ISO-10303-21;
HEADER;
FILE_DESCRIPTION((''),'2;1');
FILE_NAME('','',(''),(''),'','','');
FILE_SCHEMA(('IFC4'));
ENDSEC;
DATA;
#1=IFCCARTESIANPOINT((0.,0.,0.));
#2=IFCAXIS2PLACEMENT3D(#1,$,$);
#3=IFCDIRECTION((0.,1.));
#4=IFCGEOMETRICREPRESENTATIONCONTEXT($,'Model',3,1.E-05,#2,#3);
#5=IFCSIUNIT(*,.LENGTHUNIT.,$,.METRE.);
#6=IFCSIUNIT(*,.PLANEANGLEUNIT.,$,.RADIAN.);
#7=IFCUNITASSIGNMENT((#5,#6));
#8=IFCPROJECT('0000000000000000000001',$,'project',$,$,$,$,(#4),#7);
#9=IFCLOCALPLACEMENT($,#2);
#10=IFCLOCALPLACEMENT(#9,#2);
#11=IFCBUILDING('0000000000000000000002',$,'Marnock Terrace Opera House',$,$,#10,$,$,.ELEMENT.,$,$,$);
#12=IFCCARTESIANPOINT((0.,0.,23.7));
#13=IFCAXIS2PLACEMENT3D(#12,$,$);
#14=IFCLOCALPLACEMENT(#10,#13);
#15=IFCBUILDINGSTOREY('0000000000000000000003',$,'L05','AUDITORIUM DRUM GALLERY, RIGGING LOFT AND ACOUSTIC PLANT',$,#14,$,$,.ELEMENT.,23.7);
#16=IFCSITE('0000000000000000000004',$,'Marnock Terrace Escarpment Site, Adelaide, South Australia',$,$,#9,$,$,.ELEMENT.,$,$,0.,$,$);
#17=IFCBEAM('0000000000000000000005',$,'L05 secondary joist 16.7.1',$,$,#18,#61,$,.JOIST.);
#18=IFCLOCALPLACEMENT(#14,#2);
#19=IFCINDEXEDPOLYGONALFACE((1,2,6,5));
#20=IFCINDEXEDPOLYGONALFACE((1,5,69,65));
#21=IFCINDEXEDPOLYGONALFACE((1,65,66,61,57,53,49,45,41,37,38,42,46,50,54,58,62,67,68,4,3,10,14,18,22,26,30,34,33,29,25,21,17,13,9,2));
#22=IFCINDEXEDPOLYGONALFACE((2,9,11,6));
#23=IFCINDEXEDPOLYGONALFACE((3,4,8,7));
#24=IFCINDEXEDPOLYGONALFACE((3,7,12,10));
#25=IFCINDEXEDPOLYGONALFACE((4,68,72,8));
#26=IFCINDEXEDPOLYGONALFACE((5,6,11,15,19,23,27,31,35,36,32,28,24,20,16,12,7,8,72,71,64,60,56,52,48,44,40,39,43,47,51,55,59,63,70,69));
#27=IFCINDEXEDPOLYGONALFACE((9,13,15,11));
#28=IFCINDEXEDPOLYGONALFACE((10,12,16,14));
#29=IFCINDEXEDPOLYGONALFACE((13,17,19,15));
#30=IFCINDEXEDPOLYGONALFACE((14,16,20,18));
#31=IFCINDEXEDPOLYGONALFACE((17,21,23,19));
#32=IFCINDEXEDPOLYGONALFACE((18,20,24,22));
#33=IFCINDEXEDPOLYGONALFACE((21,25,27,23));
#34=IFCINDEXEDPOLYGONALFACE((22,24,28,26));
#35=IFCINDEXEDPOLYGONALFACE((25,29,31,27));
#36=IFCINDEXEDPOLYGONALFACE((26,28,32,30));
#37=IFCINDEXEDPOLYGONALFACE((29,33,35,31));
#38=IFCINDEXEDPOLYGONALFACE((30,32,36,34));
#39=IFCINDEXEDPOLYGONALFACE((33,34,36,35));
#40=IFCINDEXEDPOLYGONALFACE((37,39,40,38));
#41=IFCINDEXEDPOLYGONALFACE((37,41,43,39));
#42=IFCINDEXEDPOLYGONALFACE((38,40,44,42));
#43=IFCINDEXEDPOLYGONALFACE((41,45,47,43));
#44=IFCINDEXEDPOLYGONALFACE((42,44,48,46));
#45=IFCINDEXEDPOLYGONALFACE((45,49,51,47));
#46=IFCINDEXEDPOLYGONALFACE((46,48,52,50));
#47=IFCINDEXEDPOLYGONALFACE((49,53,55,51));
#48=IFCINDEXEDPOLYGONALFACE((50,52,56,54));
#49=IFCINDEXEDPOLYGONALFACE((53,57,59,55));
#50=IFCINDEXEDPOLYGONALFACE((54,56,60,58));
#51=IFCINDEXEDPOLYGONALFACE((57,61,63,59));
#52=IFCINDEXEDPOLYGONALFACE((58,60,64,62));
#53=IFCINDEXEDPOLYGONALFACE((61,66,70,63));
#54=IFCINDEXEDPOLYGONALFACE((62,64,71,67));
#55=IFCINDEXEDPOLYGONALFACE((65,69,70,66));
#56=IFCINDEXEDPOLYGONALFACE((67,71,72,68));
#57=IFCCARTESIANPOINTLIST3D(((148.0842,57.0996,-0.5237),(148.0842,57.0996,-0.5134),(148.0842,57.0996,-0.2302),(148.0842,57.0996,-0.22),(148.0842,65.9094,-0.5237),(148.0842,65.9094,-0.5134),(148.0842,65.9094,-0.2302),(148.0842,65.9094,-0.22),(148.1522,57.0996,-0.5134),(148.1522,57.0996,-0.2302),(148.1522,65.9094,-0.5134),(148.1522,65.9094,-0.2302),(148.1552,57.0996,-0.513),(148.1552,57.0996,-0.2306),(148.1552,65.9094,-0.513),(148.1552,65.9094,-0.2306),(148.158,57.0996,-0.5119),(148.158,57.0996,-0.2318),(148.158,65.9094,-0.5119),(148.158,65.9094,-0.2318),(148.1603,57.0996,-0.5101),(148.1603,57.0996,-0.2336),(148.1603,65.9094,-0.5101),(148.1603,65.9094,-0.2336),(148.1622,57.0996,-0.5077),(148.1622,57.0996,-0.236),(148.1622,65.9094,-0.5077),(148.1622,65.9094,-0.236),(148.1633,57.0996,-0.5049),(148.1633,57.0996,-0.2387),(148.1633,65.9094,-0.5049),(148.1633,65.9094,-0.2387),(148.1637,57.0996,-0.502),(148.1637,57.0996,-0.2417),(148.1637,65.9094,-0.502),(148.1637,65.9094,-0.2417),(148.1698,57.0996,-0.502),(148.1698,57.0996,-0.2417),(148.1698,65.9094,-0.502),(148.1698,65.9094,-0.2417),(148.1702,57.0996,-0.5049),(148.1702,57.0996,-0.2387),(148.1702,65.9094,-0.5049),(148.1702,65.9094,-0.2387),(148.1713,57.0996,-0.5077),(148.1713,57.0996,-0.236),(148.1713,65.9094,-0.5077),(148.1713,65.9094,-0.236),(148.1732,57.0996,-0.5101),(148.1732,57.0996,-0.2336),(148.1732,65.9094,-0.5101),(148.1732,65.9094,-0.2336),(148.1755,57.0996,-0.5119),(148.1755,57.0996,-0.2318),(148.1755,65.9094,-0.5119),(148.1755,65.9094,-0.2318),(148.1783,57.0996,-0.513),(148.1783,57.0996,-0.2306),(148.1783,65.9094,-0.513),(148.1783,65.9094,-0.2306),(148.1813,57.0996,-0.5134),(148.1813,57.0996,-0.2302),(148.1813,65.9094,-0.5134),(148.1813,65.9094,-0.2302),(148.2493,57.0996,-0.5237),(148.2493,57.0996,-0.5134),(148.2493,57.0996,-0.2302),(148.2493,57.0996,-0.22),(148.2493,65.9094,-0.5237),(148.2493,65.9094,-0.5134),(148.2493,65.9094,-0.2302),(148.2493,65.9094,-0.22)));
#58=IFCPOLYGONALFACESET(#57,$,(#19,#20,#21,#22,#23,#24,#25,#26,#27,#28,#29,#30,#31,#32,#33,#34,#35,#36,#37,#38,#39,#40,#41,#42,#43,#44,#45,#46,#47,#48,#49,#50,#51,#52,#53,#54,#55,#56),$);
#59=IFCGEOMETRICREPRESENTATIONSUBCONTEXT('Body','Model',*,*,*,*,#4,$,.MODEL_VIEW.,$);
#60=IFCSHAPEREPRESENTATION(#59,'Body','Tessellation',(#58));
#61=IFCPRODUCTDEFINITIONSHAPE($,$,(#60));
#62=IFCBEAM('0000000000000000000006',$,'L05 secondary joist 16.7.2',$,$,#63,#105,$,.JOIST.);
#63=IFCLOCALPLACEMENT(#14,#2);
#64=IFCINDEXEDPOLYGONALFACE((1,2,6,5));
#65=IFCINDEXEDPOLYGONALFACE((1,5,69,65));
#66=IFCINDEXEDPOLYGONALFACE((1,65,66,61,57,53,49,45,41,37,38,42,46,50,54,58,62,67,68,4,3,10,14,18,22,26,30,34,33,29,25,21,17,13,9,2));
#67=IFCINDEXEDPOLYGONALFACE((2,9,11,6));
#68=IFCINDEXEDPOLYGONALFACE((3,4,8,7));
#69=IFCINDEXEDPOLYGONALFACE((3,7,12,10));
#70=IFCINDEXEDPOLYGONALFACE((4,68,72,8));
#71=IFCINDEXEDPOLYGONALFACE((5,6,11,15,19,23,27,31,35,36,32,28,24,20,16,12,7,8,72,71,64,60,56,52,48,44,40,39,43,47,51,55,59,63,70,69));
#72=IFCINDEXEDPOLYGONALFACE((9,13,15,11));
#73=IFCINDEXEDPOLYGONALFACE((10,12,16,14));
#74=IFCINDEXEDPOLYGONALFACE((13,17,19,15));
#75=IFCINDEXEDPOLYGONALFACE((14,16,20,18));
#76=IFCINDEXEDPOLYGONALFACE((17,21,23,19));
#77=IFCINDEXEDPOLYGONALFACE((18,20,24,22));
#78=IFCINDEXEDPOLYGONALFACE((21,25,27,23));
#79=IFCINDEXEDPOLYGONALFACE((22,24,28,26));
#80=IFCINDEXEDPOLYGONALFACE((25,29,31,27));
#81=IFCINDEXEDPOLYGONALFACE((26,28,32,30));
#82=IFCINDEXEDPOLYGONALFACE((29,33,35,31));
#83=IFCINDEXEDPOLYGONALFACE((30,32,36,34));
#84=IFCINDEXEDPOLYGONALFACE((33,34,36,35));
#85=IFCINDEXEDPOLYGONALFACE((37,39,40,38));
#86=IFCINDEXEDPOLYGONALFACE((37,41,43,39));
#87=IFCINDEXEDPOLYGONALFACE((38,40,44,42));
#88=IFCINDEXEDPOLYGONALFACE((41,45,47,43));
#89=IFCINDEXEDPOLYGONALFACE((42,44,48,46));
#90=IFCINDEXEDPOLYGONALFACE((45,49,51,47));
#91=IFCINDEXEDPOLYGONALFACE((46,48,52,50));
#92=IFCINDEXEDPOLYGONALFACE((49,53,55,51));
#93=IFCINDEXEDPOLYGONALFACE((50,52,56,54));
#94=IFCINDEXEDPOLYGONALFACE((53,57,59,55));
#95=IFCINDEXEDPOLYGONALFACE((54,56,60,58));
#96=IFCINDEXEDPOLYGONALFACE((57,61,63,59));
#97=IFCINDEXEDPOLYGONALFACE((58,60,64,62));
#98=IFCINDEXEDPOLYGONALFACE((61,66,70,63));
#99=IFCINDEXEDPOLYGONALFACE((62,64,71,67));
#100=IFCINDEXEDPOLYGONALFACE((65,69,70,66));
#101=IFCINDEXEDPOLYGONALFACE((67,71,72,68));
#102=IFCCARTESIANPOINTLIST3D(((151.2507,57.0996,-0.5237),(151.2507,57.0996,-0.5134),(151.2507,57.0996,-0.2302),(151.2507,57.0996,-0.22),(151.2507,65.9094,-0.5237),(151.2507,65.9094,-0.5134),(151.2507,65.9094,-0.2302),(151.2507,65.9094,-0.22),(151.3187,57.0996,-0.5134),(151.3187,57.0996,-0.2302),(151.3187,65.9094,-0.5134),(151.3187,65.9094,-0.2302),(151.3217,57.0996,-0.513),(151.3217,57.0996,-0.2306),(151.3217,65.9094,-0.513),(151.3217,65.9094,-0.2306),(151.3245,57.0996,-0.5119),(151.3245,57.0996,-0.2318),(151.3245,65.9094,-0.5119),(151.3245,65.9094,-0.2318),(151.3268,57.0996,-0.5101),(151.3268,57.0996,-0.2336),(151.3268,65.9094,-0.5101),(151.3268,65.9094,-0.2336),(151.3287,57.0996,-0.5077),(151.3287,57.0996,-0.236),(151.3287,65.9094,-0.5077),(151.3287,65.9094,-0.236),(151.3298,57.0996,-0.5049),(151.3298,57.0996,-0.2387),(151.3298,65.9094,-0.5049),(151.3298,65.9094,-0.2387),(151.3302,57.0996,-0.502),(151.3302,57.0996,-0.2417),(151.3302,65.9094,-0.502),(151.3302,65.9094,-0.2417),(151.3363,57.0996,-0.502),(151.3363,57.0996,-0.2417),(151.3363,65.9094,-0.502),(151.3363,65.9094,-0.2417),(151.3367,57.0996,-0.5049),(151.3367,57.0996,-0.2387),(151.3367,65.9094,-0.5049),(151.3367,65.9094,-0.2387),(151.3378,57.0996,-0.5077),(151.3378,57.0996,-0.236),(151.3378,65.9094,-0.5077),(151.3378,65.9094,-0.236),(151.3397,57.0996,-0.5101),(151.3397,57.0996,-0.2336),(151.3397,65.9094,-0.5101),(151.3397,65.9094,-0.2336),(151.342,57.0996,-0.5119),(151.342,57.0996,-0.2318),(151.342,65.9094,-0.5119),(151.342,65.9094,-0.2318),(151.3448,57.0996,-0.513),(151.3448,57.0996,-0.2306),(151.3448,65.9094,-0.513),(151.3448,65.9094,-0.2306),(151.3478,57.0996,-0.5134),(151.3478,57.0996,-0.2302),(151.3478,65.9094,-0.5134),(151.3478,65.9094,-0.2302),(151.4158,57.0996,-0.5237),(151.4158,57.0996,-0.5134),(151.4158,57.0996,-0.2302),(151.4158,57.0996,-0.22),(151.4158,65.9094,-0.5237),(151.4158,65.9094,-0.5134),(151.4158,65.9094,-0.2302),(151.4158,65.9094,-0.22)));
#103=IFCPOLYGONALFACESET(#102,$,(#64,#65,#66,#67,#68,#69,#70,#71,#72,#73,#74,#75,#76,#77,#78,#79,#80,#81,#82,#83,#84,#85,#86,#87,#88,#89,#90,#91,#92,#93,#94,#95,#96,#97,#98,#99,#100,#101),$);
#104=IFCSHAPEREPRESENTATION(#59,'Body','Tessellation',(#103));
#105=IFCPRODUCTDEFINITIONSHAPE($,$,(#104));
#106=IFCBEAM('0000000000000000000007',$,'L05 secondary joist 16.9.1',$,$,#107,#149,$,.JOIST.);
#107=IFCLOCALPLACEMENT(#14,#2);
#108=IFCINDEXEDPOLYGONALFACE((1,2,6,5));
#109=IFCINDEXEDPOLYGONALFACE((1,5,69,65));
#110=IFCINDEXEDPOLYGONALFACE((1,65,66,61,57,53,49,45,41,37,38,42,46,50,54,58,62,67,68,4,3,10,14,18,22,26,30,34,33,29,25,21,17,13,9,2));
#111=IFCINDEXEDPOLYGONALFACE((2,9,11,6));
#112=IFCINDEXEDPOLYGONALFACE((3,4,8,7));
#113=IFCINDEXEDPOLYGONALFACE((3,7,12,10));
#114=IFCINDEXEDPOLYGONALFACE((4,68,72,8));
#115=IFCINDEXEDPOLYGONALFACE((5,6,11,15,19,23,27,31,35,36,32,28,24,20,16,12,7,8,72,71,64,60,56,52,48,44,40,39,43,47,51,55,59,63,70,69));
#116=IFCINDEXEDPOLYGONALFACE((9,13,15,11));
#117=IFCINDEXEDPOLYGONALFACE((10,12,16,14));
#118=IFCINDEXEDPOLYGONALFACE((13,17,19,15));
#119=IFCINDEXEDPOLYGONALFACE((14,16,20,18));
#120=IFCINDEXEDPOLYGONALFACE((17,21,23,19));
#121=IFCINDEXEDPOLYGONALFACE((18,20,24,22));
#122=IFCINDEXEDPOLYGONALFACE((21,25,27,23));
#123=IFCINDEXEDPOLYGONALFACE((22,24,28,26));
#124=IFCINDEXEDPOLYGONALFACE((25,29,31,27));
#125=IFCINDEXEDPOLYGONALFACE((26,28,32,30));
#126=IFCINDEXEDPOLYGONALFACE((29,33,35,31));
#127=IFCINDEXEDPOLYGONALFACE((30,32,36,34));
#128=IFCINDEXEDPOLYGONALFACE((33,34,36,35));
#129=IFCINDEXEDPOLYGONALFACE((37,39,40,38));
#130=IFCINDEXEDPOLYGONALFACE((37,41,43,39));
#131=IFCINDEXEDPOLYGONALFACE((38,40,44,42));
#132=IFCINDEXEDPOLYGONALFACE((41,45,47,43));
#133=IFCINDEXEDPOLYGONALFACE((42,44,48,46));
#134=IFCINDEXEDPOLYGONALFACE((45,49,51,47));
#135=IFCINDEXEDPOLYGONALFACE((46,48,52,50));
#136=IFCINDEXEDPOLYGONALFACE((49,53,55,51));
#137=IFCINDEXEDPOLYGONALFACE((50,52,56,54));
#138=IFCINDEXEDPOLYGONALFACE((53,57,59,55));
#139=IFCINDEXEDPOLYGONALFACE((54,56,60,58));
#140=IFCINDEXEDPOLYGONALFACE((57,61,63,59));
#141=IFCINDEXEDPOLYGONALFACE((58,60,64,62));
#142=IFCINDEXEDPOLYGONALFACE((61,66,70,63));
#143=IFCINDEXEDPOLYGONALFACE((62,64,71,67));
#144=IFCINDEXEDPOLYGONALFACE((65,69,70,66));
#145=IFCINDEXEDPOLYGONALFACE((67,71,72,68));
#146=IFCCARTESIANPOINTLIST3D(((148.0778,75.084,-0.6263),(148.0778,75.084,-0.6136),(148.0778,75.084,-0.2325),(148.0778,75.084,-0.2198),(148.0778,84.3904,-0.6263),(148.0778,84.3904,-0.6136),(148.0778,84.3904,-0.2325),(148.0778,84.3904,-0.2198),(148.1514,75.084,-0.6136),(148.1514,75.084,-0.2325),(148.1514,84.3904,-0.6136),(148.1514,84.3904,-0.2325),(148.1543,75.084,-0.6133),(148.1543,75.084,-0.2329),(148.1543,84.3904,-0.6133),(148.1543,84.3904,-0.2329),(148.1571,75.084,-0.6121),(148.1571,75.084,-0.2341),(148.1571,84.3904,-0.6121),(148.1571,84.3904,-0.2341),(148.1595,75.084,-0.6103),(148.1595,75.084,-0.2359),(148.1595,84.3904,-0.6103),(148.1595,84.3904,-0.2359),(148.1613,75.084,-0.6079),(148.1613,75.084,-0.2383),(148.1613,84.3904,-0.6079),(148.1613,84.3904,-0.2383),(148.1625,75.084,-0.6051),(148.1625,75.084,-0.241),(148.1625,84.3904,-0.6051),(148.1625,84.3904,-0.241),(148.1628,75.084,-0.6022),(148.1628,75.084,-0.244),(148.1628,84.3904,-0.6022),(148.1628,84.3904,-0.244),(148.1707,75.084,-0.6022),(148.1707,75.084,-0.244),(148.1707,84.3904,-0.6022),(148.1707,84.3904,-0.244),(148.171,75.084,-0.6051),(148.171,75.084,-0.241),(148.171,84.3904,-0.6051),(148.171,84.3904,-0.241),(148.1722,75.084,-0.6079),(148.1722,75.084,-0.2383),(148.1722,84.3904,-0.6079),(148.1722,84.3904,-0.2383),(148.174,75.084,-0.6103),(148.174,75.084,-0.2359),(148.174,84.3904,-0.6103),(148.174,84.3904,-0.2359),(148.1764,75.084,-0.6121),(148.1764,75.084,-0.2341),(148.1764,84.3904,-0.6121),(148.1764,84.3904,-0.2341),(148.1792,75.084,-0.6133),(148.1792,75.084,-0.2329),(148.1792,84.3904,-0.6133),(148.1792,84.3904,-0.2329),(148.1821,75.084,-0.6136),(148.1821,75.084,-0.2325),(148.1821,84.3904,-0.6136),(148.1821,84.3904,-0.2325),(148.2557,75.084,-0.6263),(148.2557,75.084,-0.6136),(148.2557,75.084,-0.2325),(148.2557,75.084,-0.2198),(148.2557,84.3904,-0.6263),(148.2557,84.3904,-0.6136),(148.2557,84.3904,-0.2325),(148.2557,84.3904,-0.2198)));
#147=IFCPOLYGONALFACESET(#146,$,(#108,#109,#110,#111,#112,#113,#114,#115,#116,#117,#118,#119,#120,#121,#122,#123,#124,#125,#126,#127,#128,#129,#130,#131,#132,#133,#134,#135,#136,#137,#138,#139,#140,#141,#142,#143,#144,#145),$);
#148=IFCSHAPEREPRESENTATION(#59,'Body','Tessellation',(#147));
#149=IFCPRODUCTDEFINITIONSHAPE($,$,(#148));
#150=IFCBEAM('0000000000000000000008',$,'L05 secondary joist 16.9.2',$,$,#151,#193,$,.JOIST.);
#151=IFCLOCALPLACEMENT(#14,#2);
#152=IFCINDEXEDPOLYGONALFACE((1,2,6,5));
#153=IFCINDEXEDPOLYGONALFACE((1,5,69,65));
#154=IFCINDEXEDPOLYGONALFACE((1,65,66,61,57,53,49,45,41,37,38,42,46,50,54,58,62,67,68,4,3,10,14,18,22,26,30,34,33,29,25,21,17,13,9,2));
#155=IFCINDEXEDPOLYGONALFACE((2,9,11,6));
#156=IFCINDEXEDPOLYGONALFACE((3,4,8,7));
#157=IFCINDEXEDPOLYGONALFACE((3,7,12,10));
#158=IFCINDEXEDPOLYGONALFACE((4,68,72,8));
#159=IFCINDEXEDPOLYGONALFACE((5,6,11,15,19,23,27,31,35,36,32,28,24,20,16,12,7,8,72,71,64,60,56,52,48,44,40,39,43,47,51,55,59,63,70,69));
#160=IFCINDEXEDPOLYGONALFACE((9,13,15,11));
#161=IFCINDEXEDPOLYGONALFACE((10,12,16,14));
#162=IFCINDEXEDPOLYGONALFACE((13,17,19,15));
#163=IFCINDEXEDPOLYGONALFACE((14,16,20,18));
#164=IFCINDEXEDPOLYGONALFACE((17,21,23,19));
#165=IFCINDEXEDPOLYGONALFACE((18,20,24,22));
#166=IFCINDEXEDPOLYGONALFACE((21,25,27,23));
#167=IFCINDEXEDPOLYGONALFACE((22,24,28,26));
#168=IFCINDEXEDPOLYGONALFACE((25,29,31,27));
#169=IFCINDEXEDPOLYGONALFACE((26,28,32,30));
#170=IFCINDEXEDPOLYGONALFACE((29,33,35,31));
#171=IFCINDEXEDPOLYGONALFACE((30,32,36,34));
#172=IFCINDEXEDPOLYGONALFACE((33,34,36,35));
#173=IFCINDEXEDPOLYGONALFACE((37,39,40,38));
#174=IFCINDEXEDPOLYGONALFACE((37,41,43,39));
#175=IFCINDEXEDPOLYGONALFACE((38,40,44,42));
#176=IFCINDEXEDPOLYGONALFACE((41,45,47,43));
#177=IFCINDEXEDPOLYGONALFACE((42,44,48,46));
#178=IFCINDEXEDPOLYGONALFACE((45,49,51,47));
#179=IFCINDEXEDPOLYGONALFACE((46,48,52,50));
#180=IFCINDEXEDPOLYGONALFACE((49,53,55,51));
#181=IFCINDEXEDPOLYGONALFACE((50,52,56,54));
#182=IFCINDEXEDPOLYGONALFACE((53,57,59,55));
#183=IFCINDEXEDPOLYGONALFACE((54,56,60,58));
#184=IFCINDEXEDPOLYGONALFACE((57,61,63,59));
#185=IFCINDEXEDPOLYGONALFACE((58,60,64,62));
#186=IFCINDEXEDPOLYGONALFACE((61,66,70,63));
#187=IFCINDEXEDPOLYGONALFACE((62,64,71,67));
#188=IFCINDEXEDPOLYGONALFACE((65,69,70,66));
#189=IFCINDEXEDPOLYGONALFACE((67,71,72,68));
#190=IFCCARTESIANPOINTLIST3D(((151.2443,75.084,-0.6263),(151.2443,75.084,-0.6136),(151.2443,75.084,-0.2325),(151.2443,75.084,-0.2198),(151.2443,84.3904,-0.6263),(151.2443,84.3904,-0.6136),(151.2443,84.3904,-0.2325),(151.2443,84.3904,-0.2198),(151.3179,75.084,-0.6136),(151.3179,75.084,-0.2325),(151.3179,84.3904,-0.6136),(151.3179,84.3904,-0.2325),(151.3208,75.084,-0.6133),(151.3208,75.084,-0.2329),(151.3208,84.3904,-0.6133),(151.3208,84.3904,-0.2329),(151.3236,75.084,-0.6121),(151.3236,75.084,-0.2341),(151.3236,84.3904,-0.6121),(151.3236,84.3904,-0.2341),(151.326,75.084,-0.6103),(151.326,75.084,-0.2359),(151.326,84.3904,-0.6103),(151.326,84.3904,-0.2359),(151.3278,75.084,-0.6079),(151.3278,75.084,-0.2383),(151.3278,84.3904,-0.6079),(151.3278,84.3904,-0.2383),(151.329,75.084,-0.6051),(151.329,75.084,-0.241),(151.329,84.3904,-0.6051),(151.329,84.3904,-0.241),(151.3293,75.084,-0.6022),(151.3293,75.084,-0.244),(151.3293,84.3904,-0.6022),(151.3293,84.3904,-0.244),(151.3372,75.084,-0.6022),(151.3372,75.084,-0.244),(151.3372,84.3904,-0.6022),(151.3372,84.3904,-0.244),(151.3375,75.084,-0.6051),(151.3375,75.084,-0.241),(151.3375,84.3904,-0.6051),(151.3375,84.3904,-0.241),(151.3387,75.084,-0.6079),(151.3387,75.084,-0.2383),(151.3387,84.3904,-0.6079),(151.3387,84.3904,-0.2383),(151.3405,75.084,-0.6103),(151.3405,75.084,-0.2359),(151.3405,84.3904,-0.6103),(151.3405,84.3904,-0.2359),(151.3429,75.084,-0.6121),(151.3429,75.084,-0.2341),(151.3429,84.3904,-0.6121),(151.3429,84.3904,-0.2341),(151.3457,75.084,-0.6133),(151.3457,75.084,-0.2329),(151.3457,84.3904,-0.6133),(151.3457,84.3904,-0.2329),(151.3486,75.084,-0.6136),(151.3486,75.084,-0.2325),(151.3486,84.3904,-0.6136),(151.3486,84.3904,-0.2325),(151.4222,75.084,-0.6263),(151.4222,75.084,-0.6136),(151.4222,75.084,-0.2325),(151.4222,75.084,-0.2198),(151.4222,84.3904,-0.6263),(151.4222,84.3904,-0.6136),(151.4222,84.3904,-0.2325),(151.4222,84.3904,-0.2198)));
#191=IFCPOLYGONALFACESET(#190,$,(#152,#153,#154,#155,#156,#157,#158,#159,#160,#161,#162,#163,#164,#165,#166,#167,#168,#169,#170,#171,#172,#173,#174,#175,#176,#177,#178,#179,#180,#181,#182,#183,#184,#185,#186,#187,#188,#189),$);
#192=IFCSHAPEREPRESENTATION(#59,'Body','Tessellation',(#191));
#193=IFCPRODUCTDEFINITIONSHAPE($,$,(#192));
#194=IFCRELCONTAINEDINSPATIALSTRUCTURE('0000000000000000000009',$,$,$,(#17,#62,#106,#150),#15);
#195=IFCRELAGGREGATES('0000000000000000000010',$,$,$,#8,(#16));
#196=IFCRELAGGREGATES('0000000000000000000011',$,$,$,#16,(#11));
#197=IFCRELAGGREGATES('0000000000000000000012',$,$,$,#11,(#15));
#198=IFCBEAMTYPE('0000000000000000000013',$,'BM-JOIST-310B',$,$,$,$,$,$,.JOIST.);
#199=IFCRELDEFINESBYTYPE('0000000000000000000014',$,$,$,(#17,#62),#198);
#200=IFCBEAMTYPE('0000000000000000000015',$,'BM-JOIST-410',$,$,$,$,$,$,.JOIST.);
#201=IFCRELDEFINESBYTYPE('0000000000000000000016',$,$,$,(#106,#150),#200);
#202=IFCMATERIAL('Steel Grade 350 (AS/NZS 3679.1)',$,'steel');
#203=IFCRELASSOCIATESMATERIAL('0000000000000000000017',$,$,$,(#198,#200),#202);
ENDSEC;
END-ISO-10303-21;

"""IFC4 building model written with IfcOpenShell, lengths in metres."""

from ifc_helpers import new_model, si_unit, direction, frame, origin, origin_2d, place, context, subcontext, project, spatial, i_section, extrude, material, material_profile, profile_set, type_object, element, save


model = new_model("IFC4")

# Units and contexts
model_context = context("Model", 3, precision=1e-05, world=origin(), true_north=direction((0.0, 1.0)))
body_context = subcontext(model_context, "Body", "Model", "MODEL_VIEW")
ifc_project = project(units=[si_unit("LENGTHUNIT", "METRE"), si_unit("PLANEANGLEUNIT", "RADIAN")], contexts=[model_context])

# Site, building, storey
site_placement = place(None, origin())
site = spatial("IfcSite", under=ifc_project, at=site_placement, Name="Marnock Terrace Escarpment Site, Adelaide, South Australia", CompositionType="ELEMENT", RefElevation=0.0)
building_placement = place(site_placement, origin())
building = spatial("IfcBuilding", under=site, at=building_placement, Name="Marnock Terrace Opera House", CompositionType="ELEMENT")
storey_placement = place(building_placement, frame((0.0, 0.0, 23.7)))
storey = spatial("IfcBuildingStorey", under=building, at=storey_placement, Name="L05", Description="AUDITORIUM DRUM GALLERY, RIGGING LOFT AND ACOUSTIC PLANT", CompositionType="ELEMENT", Elevation=23.7)

# Beams
ifc_material = material(Name="Steel Grade 350 (AS/NZS 3679.1)", Category="steel")
ifc_material_profile_1 = material_profile(ifc_material, i_section(OverallWidth=0.165, OverallDepth=0.3037, WebThickness=0.0061, FlangeThickness=0.0103, FilletRadius=0.0115, at=origin_2d()))
ifc_profile_set_1 = profile_set([ifc_material_profile_1], Name="Steel Grade 350 (AS/NZS 3679.1)")
beam_type_1 = type_object("IfcBeamType", Name="BM-JOIST-310B", PredefinedType="JOIST", material=ifc_profile_set_1)
for number, where, z_axis, x_axis, name in (
    (1, (148.1667, 57.0996, -0.3718), (0.0, 1.0, 0.0), (-1.0, 0.0, 0.0), "L05 secondary joist 16.7.1"),
    (2, (151.3333, 57.0996, -0.3718), (0.0, 1.0, 0.0), (-1.0, 0.0, 0.0), "L05 secondary joist 16.7.2"),
):
    element("IfcBeam", number, at=place(storey_placement, frame(where, z_axis=z_axis, x_axis=x_axis)), inside=storey, type_object=beam_type_1, Name=name, PredefinedType="JOIST", context=body_context, shape_type="SweptSolid", body=[
        extrude(i_section(OverallWidth=0.165, OverallDepth=0.3037, WebThickness=0.0061, FlangeThickness=0.0103, FilletRadius=0.0115, at=origin_2d()), origin(), (0.0, 0.0, 1.0), 8.8098),
    ])
ifc_material_profile_2 = material_profile(ifc_material, i_section(OverallWidth=0.178, OverallDepth=0.4065, WebThickness=0.0078, FlangeThickness=0.0127, FilletRadius=0.0115, at=origin_2d()))
ifc_profile_set_2 = profile_set([ifc_material_profile_2], Name="Steel Grade 350 (AS/NZS 3679.1)")
beam_type_2 = type_object("IfcBeamType", Name="BM-JOIST-410", PredefinedType="JOIST", material=ifc_profile_set_2)
for number, where, z_axis, x_axis, name in (
    (3, (148.1667, 75.084, -0.4231), (0.0, 1.0, 0.0), (-1.0, 0.0, 0.0), "L05 secondary joist 16.9.1"),
    (4, (151.3333, 75.084, -0.4231), (0.0, 1.0, 0.0), (-1.0, 0.0, 0.0), "L05 secondary joist 16.9.2"),
):
    element("IfcBeam", number, at=place(storey_placement, frame(where, z_axis=z_axis, x_axis=x_axis)), inside=storey, type_object=beam_type_2, Name=name, PredefinedType="JOIST", context=body_context, shape_type="SweptSolid", body=[
        extrude(i_section(OverallWidth=0.178, OverallDepth=0.4065, WebThickness=0.0078, FlangeThickness=0.0127, FilletRadius=0.0115, at=origin_2d()), origin(), (0.0, 0.0, 1.0), 9.3064),
    ])

save(model, "model.ifc")
